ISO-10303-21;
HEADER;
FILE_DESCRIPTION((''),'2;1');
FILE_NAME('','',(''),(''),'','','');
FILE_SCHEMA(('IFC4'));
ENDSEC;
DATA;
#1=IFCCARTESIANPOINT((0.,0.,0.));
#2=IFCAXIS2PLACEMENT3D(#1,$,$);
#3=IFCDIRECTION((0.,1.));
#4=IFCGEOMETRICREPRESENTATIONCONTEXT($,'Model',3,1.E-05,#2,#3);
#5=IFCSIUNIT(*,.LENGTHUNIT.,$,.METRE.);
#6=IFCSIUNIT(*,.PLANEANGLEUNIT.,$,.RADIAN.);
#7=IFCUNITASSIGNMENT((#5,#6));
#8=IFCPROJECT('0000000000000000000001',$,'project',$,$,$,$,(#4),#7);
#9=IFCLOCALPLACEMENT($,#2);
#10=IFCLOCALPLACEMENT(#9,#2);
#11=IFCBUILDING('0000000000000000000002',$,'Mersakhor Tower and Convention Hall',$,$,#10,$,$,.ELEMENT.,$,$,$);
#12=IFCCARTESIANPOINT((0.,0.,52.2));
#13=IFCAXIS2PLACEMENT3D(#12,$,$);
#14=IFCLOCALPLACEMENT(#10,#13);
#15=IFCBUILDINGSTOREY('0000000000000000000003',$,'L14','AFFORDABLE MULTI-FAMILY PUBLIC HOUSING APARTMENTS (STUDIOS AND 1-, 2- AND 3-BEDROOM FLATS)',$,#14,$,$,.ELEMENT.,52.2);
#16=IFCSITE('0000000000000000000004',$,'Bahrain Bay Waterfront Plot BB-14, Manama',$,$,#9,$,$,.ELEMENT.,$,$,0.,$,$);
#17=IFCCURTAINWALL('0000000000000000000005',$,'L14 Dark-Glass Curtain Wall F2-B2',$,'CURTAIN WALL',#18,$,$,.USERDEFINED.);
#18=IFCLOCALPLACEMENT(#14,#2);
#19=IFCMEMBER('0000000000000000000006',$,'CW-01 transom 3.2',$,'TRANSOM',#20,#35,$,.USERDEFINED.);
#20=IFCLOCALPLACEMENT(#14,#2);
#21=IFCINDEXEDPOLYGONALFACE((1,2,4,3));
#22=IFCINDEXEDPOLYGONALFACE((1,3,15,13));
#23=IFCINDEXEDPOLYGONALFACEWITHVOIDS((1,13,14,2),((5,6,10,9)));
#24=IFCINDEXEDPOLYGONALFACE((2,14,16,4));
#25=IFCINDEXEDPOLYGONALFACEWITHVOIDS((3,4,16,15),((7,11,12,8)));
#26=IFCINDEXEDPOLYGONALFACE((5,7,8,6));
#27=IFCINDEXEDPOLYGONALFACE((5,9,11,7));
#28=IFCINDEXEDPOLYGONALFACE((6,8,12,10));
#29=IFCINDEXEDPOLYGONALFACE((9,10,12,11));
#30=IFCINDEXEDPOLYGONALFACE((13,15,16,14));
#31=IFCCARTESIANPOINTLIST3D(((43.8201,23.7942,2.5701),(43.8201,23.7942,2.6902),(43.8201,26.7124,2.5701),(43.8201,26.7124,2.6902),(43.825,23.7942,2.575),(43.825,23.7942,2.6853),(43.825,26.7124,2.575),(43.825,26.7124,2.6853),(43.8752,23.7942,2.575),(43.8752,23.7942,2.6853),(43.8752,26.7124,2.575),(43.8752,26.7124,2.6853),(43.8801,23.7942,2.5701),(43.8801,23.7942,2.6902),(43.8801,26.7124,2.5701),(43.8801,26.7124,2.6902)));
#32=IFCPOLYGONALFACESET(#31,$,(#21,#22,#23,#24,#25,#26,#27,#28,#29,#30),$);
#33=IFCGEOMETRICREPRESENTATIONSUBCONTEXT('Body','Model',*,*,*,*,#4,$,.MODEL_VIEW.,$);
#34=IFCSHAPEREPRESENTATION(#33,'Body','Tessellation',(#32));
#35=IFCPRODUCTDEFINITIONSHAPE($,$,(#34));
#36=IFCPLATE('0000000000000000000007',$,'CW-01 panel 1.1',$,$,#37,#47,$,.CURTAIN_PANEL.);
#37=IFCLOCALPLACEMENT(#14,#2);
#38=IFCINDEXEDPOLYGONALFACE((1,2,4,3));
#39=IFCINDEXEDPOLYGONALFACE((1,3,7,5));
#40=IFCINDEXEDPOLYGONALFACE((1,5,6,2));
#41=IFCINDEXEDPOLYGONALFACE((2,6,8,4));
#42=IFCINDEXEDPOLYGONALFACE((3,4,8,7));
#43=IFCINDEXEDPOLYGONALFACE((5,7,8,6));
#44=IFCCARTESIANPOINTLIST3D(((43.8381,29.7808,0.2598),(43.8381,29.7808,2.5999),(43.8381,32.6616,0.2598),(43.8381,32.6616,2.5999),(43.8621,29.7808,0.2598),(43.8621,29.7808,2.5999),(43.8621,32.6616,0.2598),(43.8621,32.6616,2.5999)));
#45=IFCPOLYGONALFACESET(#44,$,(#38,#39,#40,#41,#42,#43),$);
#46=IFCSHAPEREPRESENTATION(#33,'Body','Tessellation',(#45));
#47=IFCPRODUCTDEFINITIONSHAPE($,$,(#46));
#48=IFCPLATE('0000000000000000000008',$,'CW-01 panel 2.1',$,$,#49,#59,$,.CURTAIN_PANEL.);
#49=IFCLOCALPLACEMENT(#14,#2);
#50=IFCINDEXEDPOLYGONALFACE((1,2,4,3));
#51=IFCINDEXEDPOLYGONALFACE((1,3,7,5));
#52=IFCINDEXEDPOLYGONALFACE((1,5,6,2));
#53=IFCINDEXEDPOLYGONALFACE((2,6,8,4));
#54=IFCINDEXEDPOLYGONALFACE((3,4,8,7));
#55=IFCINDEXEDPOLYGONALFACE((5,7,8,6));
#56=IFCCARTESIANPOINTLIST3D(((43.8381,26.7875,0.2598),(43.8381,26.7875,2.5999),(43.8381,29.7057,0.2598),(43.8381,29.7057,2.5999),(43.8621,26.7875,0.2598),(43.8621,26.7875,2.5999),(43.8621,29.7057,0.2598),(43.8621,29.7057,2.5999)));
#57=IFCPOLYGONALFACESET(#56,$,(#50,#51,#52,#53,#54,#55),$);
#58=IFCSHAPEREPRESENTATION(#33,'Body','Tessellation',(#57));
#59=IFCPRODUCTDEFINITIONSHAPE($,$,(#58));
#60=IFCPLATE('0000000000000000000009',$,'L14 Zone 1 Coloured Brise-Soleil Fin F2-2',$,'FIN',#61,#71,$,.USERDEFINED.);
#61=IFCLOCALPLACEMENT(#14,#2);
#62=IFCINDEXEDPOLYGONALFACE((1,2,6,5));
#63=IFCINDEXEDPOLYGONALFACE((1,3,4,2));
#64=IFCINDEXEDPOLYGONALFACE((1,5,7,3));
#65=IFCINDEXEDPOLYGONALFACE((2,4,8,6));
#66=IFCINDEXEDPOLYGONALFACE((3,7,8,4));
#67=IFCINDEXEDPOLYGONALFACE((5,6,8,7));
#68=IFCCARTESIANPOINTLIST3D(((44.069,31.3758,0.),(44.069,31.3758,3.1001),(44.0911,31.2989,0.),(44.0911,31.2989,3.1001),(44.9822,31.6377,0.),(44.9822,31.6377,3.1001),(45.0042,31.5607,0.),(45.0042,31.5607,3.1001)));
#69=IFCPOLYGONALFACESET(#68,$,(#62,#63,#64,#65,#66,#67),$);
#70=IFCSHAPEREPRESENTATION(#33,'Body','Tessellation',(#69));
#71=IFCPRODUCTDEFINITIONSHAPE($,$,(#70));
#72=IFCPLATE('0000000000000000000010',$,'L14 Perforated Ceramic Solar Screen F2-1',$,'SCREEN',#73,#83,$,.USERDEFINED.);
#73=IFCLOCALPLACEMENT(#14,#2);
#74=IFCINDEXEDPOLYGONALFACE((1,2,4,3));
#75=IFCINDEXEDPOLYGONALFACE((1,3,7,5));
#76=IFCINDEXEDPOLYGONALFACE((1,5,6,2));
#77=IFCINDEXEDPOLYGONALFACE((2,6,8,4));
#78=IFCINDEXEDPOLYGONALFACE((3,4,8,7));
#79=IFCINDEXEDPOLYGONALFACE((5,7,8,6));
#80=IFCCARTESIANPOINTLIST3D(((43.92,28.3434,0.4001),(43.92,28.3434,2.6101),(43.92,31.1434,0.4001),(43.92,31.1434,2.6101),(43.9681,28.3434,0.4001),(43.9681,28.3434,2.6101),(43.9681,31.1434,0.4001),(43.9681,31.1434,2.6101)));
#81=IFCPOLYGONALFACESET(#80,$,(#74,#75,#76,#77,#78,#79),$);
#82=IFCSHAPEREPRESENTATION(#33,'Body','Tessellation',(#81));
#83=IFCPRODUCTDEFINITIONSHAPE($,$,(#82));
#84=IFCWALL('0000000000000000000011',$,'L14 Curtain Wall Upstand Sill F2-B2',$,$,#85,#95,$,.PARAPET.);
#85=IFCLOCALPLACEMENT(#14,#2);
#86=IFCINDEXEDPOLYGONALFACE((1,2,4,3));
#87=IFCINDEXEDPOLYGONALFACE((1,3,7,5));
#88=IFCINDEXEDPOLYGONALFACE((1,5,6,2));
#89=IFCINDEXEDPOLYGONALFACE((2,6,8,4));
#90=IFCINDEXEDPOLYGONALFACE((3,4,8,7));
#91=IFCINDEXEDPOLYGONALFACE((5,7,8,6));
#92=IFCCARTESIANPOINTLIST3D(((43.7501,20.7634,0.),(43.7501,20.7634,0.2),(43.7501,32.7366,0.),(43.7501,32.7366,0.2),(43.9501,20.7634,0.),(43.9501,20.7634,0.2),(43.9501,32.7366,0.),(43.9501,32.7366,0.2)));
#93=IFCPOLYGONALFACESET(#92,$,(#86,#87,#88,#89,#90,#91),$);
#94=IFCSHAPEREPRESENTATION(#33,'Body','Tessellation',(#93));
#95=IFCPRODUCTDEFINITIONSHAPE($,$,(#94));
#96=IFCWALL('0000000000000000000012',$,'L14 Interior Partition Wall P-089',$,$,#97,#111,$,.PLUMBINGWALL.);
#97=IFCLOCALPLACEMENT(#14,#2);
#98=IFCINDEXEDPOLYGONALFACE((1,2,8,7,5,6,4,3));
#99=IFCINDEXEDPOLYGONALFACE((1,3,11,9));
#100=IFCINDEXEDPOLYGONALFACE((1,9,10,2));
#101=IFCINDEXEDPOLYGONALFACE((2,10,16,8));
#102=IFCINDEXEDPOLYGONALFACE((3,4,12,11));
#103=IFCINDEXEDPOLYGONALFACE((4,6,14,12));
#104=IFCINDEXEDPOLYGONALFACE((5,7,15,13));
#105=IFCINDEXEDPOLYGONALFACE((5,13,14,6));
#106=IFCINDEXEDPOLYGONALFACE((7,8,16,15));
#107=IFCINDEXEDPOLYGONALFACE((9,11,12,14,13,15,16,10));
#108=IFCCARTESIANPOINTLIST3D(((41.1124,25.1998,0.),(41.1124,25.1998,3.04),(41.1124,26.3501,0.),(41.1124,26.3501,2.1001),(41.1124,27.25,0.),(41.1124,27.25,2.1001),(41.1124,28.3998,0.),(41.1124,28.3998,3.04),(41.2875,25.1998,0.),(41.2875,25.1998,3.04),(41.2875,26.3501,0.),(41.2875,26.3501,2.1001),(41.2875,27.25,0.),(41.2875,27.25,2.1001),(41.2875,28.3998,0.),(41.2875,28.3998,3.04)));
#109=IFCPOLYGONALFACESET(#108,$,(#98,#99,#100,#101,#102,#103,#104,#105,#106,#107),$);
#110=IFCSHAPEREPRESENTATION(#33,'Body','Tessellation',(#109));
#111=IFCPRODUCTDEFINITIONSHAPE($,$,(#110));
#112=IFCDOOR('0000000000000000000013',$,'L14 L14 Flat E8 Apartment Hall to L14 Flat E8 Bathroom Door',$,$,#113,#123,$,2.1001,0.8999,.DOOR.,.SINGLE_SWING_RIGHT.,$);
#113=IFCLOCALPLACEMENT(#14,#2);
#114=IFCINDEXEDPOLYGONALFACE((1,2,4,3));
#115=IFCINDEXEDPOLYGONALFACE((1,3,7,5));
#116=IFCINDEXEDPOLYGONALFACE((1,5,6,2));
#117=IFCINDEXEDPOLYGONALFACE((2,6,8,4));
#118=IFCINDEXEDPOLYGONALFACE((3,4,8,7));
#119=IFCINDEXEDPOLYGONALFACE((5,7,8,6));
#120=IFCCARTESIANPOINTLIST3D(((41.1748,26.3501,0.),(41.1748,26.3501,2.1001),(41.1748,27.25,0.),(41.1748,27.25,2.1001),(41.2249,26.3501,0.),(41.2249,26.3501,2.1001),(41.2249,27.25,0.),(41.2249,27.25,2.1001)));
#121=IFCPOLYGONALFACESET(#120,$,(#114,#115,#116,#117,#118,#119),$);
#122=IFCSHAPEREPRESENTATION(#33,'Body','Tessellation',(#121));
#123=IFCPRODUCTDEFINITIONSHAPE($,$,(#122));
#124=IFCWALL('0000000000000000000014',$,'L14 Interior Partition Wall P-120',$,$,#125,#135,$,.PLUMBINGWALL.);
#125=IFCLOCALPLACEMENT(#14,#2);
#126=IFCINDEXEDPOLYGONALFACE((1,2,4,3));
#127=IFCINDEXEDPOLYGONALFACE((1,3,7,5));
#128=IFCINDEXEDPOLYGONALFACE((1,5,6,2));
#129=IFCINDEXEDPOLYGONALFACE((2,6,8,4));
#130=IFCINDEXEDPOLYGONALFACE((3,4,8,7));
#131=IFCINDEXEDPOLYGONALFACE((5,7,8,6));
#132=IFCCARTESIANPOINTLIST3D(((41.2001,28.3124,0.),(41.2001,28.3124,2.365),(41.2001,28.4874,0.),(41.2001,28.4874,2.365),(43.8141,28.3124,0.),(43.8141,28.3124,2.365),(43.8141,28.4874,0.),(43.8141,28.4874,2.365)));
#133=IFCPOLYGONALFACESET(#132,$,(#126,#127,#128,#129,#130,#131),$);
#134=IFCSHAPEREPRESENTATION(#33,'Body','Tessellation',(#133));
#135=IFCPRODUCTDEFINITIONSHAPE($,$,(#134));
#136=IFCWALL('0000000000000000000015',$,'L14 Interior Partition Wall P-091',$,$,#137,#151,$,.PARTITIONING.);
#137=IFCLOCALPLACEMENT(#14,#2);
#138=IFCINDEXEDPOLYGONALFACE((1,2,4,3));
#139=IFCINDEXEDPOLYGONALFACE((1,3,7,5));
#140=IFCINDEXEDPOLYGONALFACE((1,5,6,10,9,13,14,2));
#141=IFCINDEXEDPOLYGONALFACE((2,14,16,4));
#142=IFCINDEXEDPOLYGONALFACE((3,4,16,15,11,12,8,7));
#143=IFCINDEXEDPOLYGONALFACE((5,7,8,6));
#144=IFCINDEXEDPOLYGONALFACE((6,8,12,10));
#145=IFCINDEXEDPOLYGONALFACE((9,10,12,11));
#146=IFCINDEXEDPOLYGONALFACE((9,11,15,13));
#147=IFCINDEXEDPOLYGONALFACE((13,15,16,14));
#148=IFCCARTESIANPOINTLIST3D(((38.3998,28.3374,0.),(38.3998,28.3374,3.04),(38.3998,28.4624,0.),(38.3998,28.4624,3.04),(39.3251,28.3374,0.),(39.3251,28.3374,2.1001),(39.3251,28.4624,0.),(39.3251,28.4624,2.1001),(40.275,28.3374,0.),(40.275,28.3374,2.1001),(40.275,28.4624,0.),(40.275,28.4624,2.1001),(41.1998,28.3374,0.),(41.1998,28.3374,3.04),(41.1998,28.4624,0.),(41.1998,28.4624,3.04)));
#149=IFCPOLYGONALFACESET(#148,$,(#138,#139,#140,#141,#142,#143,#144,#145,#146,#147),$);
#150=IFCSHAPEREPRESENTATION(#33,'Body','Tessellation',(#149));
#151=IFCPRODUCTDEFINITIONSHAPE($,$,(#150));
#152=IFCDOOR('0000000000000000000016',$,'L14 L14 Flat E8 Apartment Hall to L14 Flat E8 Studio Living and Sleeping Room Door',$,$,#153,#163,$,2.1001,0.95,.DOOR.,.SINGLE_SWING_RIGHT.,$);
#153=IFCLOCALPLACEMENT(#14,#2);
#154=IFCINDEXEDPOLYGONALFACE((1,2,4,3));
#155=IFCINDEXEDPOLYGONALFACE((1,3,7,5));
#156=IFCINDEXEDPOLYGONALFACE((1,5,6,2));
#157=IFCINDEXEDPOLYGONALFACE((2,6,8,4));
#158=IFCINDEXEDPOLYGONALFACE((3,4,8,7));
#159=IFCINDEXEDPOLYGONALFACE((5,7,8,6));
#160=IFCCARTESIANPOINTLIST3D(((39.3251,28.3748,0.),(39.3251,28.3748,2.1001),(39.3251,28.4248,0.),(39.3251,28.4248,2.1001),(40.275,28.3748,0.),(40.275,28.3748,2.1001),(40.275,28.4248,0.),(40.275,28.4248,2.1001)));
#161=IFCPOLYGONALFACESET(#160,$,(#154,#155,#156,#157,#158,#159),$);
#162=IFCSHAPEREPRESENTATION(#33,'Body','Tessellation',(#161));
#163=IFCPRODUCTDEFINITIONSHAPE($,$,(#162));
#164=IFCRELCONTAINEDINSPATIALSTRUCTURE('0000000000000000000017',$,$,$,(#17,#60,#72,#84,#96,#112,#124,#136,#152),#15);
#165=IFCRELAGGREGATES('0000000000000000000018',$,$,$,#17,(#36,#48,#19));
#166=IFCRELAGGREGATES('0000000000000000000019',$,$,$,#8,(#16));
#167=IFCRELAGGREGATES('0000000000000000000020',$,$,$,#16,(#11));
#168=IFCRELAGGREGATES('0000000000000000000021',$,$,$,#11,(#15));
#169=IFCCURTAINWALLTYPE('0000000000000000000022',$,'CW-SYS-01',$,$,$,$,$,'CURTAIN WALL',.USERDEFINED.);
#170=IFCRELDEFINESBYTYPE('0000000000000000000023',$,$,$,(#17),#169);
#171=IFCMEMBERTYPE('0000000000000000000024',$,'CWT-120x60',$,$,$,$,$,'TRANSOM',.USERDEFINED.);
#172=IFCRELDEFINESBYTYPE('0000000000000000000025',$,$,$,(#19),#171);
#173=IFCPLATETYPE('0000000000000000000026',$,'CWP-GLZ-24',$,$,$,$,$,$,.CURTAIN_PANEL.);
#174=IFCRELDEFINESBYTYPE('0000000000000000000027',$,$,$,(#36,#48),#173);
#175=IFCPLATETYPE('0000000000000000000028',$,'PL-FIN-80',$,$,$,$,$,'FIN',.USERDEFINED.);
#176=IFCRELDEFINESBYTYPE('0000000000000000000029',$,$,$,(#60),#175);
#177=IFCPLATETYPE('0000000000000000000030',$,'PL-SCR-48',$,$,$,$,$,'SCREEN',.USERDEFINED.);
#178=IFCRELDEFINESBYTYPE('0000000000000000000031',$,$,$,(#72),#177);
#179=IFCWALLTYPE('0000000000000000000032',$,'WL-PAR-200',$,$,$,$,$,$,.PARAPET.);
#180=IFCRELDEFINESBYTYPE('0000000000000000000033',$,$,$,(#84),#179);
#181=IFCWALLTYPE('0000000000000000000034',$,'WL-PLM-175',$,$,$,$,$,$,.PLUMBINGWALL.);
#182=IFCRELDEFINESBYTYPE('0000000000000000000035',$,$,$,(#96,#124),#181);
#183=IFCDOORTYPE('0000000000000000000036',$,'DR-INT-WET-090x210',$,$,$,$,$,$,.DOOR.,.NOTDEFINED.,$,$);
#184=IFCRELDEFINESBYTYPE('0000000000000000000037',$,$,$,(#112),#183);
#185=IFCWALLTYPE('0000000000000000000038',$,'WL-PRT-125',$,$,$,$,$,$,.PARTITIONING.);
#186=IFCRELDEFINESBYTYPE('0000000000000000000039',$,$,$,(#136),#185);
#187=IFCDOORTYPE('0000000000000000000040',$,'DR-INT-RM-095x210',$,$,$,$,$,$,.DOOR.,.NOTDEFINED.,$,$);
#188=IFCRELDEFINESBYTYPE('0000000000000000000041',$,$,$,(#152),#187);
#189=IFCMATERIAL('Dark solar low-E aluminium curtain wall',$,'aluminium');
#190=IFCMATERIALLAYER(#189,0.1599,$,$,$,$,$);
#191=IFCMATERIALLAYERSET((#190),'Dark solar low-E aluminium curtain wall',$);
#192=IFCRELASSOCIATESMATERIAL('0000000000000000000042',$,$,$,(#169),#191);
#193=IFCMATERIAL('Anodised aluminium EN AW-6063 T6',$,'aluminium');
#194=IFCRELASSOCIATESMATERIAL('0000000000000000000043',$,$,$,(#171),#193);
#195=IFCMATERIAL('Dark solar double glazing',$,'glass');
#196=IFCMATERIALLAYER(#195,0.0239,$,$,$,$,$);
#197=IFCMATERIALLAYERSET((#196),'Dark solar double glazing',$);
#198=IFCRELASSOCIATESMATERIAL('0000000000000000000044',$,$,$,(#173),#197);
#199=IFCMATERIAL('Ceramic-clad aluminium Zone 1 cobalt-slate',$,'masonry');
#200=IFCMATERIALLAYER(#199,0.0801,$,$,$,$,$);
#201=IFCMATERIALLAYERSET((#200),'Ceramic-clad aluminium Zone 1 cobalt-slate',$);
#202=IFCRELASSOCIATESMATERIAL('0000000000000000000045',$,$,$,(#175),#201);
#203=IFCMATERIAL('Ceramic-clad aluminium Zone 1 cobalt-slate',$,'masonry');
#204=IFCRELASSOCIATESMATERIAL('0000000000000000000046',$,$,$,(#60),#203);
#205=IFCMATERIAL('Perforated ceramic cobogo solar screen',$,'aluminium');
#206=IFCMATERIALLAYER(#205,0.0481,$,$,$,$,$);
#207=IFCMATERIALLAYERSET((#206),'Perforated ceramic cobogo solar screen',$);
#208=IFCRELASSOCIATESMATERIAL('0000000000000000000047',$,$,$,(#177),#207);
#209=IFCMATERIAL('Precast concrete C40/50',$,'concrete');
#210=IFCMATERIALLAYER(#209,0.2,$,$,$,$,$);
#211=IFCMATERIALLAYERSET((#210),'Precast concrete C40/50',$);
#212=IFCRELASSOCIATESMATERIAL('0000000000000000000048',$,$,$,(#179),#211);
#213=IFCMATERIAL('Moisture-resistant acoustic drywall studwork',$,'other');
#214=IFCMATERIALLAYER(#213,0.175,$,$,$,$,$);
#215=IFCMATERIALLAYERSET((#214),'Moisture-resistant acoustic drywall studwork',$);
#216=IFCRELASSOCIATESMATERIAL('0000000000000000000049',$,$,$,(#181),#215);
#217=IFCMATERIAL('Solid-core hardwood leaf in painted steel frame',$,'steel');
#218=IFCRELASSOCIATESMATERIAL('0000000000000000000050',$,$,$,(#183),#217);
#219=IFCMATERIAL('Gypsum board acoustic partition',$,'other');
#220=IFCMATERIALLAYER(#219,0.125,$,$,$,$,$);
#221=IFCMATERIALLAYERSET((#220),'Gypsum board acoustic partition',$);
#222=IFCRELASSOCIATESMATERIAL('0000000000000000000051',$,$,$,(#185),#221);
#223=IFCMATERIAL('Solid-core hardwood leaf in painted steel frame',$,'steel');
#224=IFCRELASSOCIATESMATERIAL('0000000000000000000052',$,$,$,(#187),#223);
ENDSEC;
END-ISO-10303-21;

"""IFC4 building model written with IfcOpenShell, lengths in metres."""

from ifc_helpers import new_model, si_unit, direction, frame, frame_2d, origin, origin_2d, place, context, subcontext, project, spatial, rectangle, hollow_rectangle, extrude, material, layer, layer_set, material_profile, profile_set, type_object, element, fill, aggregate, save


model = new_model("IFC4")

# Units and contexts
model_context = context("Model", 3, precision=1e-05, world=origin(), true_north=direction((0.0, 1.0)))
body_context = subcontext(model_context, "Body", "Model", "MODEL_VIEW")
ifc_project = project(units=[si_unit("LENGTHUNIT", "METRE"), si_unit("PLANEANGLEUNIT", "RADIAN")], contexts=[model_context])

# Site, building, storey
site_placement = place(None, origin())
site = spatial("IfcSite", under=ifc_project, at=site_placement, Name="Bahrain Bay Waterfront Plot BB-14, Manama", CompositionType="ELEMENT", RefElevation=0.0)
building_placement = place(site_placement, origin())
building = spatial("IfcBuilding", under=site, at=building_placement, Name="Mersakhor Tower and Convention Hall", CompositionType="ELEMENT")
storey_placement = place(building_placement, frame((0.0, 0.0, 52.2)))
storey = spatial("IfcBuildingStorey", under=building, at=storey_placement, Name="L14", Description="AFFORDABLE MULTI-FAMILY PUBLIC HOUSING APARTMENTS (STUDIOS AND 1-, 2- AND 3-BEDROOM FLATS)", CompositionType="ELEMENT", Elevation=52.2)

# Curtain wall, member, plates
ifc_material_1 = material(Name="Dark solar low-E aluminium curtain wall", Category="aluminium")
ifc_layer_1 = layer(ifc_material_1, 0.1599)
ifc_layer_set_1 = layer_set([ifc_layer_1], Name="Dark solar low-E aluminium curtain wall")
curtain_wall_type = type_object("IfcCurtainWallType", Name="CW-SYS-01", ElementType="CURTAIN WALL", PredefinedType="USERDEFINED", material=ifc_layer_set_1)
curtain_wall_placement = place(storey_placement, origin())
curtain_wall = element("IfcCurtainWall", 1, at=curtain_wall_placement, inside=storey, type_object=curtain_wall_type, Name="L14 Dark-Glass Curtain Wall F2-B2", ObjectType="CURTAIN WALL", PredefinedType="USERDEFINED")
ifc_material_2 = material(Name="Anodised aluminium EN AW-6063 T6", Category="aluminium")
ifc_material_profile_1 = material_profile(ifc_material_2, hollow_rectangle(XDim=0.0601, YDim=0.1201, WallThickness=0.0049, at=origin_2d()), Name="RHS 120x60x5")
ifc_profile_set_1 = profile_set([ifc_material_profile_1], Name="Anodised aluminium EN AW-6063 T6")
member_type_1 = type_object("IfcMemberType", Name="CWT-120x60", ElementType="TRANSOM", PredefinedType="USERDEFINED", material=ifc_profile_set_1)
member_1_placement = place(storey_placement, frame((43.8501, 26.7124, 2.6301), z_axis=(0.0, -1.0, 0.0), x_axis=(1.0, 0.0, 0.0)))
member_1 = element("IfcMember", 2, at=member_1_placement, type_object=member_type_1, Name="CW-01 transom 3.2", ObjectType="TRANSOM", PredefinedType="USERDEFINED", context=body_context, shape_type="SweptSolid", body=[
    extrude(hollow_rectangle(XDim=0.0601, YDim=0.1201, WallThickness=0.0049, at=origin_2d()), origin(), (0.0, 0.0, 1.0), 2.9182),
])
ifc_material_3 = material(Name="Dark solar double glazing", Category="glass")
ifc_layer_2 = layer(ifc_material_3, 0.0239)
ifc_layer_set_2 = layer_set([ifc_layer_2], Name="Dark solar double glazing")
plate_type_1 = type_object("IfcPlateType", Name="CWP-GLZ-24", PredefinedType="CURTAIN_PANEL", material=ifc_layer_set_2)
plate_1_placement = place(storey_placement, frame((43.8501, 31.2212, 0.2598), z_axis=(0.0, 0.0, 1.0), x_axis=(0.0, -1.0, 0.0)))
plate_1 = element("IfcPlate", 3, at=plate_1_placement, type_object=plate_type_1, Name="CW-01 panel 1.1", PredefinedType="CURTAIN_PANEL", context=body_context, shape_type="SweptSolid", body=[
    extrude(rectangle(XDim=2.8809, YDim=0.0239, at=origin_2d()), origin(), (0.0, 0.0, 1.0), 2.3401),
])
plate_2_placement = place(storey_placement, frame((43.8501, 28.2466, 0.2598), z_axis=(0.0, 0.0, 1.0), x_axis=(0.0, -1.0, 0.0)))
plate_2 = element("IfcPlate", 4, at=plate_2_placement, type_object=plate_type_1, Name="CW-01 panel 2.1", PredefinedType="CURTAIN_PANEL", context=body_context, shape_type="SweptSolid", body=[
    extrude(rectangle(XDim=2.9182, YDim=0.0239, at=origin_2d()), origin(), (0.0, 0.0, 1.0), 2.3401),
])
aggregate(curtain_wall, [plate_1, plate_2, member_1])

# Plates
ifc_material_4 = material(Name="Ceramic-clad aluminium Zone 1 cobalt-slate", Category="masonry")
ifc_material_5 = material(Name="Ceramic-clad aluminium Zone 1 cobalt-slate", Category="masonry")
ifc_layer_3 = layer(ifc_material_5, 0.0801)
ifc_layer_set_3 = layer_set([ifc_layer_3], Name="Ceramic-clad aluminium Zone 1 cobalt-slate")
plate_type_2 = type_object("IfcPlateType", Name="PL-FIN-80", ElementType="FIN", PredefinedType="USERDEFINED", material=ifc_layer_set_3)
plate_3_placement = place(storey_placement, frame((44.5366, 31.4683, 0.0), z_axis=(0.0, 0.0, 1.0), x_axis=(0.961262, 0.275637, 0.0)))
element("IfcPlate", 5, at=plate_3_placement, inside=storey, type_object=plate_type_2, material=ifc_material_4, Name="L14 Zone 1 Coloured Brise-Soleil Fin F2-2", ObjectType="FIN", PredefinedType="USERDEFINED", context=body_context, shape_type="SweptSolid", body=[
    extrude(rectangle(XDim=0.95, YDim=0.0801, at=origin_2d()), origin(), (0.0, 0.0, 1.0), 3.1001),
])
ifc_material_6 = material(Name="Perforated ceramic cobogo solar screen", Category="aluminium")
ifc_layer_4 = layer(ifc_material_6, 0.0481)
ifc_layer_set_4 = layer_set([ifc_layer_4], Name="Perforated ceramic cobogo solar screen")
plate_type_3 = type_object("IfcPlateType", Name="PL-SCR-48", ElementType="SCREEN", PredefinedType="USERDEFINED", material=ifc_layer_set_4)
plate_4_placement = place(storey_placement, frame((43.9441, 29.7434, 0.4001), z_axis=(0.0, 0.0, 1.0), x_axis=(0.0, -1.0, 0.0)))
element("IfcPlate", 6, at=plate_4_placement, inside=storey, type_object=plate_type_3, Name="L14 Perforated Ceramic Solar Screen F2-1", ObjectType="SCREEN", PredefinedType="USERDEFINED", context=body_context, shape_type="SweptSolid", body=[
    extrude(rectangle(XDim=2.8, YDim=0.0481, at=origin_2d()), origin(), (0.0, 0.0, 1.0), 2.21),
])

# Wall
ifc_material_7 = material(Name="Precast concrete C40/50", Category="concrete")
ifc_layer_5 = layer(ifc_material_7, 0.2)
ifc_layer_set_5 = layer_set([ifc_layer_5], Name="Precast concrete C40/50")
wall_type_1 = type_object("IfcWallType", Name="WL-PAR-200", PredefinedType="PARAPET", material=ifc_layer_set_5)
wall_1_placement = place(storey_placement, frame((43.8501, 32.7366, 0.0), z_axis=(0.0, 0.0, 1.0), x_axis=(0.0, -1.0, 0.0)))
element("IfcWall", 7, at=wall_1_placement, inside=storey, type_object=wall_type_1, Name="L14 Curtain Wall Upstand Sill F2-B2", PredefinedType="PARAPET", context=body_context, shape_type="SweptSolid", body=[
    extrude(rectangle(XDim=11.9731, YDim=0.2, at=frame_2d((5.9866, 0.0))), origin(), (0.0, 0.0, 1.0), 0.2),
])

# Wall, opening, door
ifc_material_8 = material(Name="Moisture-resistant acoustic drywall studwork", Category="other")
ifc_layer_6 = layer(ifc_material_8, 0.175)
ifc_layer_set_6 = layer_set([ifc_layer_6], Name="Moisture-resistant acoustic drywall studwork")
wall_type_2 = type_object("IfcWallType", Name="WL-PLM-175", PredefinedType="PLUMBINGWALL", material=ifc_layer_set_6)
wall_2_placement = place(storey_placement, frame((41.2, 28.3999, 0.0), z_axis=(0.0, 0.0, 1.0), x_axis=(0.0, -1.0, 0.0)))
wall_2 = element("IfcWall", 8, at=wall_2_placement, inside=storey, type_object=wall_type_2, Name="L14 Interior Partition Wall P-089", PredefinedType="PLUMBINGWALL", context=body_context, shape_type="SweptSolid", body=[
    extrude(rectangle(XDim=3.2, YDim=0.175, at=frame_2d((1.6001, 0.0))), origin(), (0.0, 0.0, 1.0), 3.04),
])
opening_1_placement = place(wall_2_placement, frame((1.1499, 0.0, 0.0)))
opening_1 = element("IfcOpeningElement", 9, at=opening_1_placement, cuts=wall_2, PredefinedType="OPENING", context=body_context, shape_type="SweptSolid", body=[
    extrude(rectangle(XDim=0.8999, YDim=2.1001, at=frame_2d((0.45, 1.05))), frame((0.0, 0.0974, 0.0), z_axis=(0.0, -1.0, 0.0), x_axis=(1.0, 0.0, 0.0)), (0.0, 0.0, 1.0), 0.1951),
])
ifc_material_9 = material(Name="Solid-core hardwood leaf in painted steel frame", Category="steel")
door_type_1 = type_object("IfcDoorType", Name="DR-INT-WET-090x210", OperationType="NOTDEFINED", PredefinedType="DOOR", material=ifc_material_9)
door_1_placement = place(opening_1_placement, origin())
door_1 = element("IfcDoor", 10, at=door_1_placement, inside=storey, type_object=door_type_1, Name="L14 L14 Flat E8 Apartment Hall to L14 Flat E8 Bathroom Door", OperationType="SINGLE_SWING_RIGHT", OverallHeight=2.1001, OverallWidth=0.8999, PredefinedType="DOOR", context=body_context, shape_type="SweptSolid", body=[
    extrude(rectangle(XDim=0.8999, YDim=2.1001, at=frame_2d((0.45, 1.05))), frame((0.0, 0.0249, 0.0), z_axis=(0.0, -1.0, 0.0), x_axis=(1.0, 0.0, 0.0)), (0.0, 0.0, 1.0), 0.05),
])
fill(opening_1, door_1)

# Wall
wall_3_placement = place(storey_placement, frame((41.2, 28.3999, 0.0), z_axis=(0.0, 0.0, 1.0), x_axis=(1.0, 0.0, 0.0)))
element("IfcWall", 11, at=wall_3_placement, inside=storey, type_object=wall_type_2, Name="L14 Interior Partition Wall P-120", PredefinedType="PLUMBINGWALL", context=body_context, shape_type="SweptSolid", body=[
    extrude(rectangle(XDim=2.614, YDim=0.175, at=frame_2d((1.3071, 0.0))), origin(), (0.0, 0.0, 1.0), 2.365),
])

# Wall, opening, door
ifc_material_10 = material(Name="Gypsum board acoustic partition", Category="other")
ifc_layer_7 = layer(ifc_material_10, 0.125)
ifc_layer_set_7 = layer_set([ifc_layer_7], Name="Gypsum board acoustic partition")
wall_type_3 = type_object("IfcWallType", Name="WL-PRT-125", PredefinedType="PARTITIONING", material=ifc_layer_set_7)
wall_4_placement = place(storey_placement, frame((38.3999, 28.3999, 0.0), z_axis=(0.0, 0.0, 1.0), x_axis=(1.0, 0.0, 0.0)))
wall_4 = element("IfcWall", 12, at=wall_4_placement, inside=storey, type_object=wall_type_3, Name="L14 Interior Partition Wall P-091", PredefinedType="PARTITIONING", context=body_context, shape_type="SweptSolid", body=[
    extrude(rectangle(XDim=2.8, YDim=0.125, at=frame_2d((1.3999, 0.0))), origin(), (0.0, 0.0, 1.0), 3.04),
])
opening_2_placement = place(wall_4_placement, frame((0.925, 0.0, 0.0)))
opening_2 = element("IfcOpeningElement", 13, at=opening_2_placement, cuts=wall_4, PredefinedType="OPENING", context=body_context, shape_type="SweptSolid", body=[
    extrude(rectangle(XDim=0.95, YDim=2.1001, at=frame_2d((0.4751, 1.05))), frame((0.0, 0.0725, 0.0), z_axis=(0.0, -1.0, 0.0), x_axis=(1.0, 0.0, 0.0)), (0.0, 0.0, 1.0), 0.145),
])
ifc_material_11 = material(Name="Solid-core hardwood leaf in painted steel frame", Category="steel")
door_type_2 = type_object("IfcDoorType", Name="DR-INT-RM-095x210", OperationType="NOTDEFINED", PredefinedType="DOOR", material=ifc_material_11)
door_2_placement = place(opening_2_placement, origin())
door_2 = element("IfcDoor", 14, at=door_2_placement, inside=storey, type_object=door_type_2, Name="L14 L14 Flat E8 Apartment Hall to L14 Flat E8 Studio Living and Sleeping Room Door", OperationType="SINGLE_SWING_RIGHT", OverallHeight=2.1001, OverallWidth=0.95, PredefinedType="DOOR", context=body_context, shape_type="SweptSolid", body=[
    extrude(rectangle(XDim=0.95, YDim=2.1001, at=frame_2d((0.4751, 1.05))), frame((0.0, 0.0249, 0.0), z_axis=(0.0, -1.0, 0.0), x_axis=(1.0, 0.0, 0.0)), (0.0, 0.0, 1.0), 0.05),
])
fill(opening_2, door_2)

save(model, "model.ifc")
